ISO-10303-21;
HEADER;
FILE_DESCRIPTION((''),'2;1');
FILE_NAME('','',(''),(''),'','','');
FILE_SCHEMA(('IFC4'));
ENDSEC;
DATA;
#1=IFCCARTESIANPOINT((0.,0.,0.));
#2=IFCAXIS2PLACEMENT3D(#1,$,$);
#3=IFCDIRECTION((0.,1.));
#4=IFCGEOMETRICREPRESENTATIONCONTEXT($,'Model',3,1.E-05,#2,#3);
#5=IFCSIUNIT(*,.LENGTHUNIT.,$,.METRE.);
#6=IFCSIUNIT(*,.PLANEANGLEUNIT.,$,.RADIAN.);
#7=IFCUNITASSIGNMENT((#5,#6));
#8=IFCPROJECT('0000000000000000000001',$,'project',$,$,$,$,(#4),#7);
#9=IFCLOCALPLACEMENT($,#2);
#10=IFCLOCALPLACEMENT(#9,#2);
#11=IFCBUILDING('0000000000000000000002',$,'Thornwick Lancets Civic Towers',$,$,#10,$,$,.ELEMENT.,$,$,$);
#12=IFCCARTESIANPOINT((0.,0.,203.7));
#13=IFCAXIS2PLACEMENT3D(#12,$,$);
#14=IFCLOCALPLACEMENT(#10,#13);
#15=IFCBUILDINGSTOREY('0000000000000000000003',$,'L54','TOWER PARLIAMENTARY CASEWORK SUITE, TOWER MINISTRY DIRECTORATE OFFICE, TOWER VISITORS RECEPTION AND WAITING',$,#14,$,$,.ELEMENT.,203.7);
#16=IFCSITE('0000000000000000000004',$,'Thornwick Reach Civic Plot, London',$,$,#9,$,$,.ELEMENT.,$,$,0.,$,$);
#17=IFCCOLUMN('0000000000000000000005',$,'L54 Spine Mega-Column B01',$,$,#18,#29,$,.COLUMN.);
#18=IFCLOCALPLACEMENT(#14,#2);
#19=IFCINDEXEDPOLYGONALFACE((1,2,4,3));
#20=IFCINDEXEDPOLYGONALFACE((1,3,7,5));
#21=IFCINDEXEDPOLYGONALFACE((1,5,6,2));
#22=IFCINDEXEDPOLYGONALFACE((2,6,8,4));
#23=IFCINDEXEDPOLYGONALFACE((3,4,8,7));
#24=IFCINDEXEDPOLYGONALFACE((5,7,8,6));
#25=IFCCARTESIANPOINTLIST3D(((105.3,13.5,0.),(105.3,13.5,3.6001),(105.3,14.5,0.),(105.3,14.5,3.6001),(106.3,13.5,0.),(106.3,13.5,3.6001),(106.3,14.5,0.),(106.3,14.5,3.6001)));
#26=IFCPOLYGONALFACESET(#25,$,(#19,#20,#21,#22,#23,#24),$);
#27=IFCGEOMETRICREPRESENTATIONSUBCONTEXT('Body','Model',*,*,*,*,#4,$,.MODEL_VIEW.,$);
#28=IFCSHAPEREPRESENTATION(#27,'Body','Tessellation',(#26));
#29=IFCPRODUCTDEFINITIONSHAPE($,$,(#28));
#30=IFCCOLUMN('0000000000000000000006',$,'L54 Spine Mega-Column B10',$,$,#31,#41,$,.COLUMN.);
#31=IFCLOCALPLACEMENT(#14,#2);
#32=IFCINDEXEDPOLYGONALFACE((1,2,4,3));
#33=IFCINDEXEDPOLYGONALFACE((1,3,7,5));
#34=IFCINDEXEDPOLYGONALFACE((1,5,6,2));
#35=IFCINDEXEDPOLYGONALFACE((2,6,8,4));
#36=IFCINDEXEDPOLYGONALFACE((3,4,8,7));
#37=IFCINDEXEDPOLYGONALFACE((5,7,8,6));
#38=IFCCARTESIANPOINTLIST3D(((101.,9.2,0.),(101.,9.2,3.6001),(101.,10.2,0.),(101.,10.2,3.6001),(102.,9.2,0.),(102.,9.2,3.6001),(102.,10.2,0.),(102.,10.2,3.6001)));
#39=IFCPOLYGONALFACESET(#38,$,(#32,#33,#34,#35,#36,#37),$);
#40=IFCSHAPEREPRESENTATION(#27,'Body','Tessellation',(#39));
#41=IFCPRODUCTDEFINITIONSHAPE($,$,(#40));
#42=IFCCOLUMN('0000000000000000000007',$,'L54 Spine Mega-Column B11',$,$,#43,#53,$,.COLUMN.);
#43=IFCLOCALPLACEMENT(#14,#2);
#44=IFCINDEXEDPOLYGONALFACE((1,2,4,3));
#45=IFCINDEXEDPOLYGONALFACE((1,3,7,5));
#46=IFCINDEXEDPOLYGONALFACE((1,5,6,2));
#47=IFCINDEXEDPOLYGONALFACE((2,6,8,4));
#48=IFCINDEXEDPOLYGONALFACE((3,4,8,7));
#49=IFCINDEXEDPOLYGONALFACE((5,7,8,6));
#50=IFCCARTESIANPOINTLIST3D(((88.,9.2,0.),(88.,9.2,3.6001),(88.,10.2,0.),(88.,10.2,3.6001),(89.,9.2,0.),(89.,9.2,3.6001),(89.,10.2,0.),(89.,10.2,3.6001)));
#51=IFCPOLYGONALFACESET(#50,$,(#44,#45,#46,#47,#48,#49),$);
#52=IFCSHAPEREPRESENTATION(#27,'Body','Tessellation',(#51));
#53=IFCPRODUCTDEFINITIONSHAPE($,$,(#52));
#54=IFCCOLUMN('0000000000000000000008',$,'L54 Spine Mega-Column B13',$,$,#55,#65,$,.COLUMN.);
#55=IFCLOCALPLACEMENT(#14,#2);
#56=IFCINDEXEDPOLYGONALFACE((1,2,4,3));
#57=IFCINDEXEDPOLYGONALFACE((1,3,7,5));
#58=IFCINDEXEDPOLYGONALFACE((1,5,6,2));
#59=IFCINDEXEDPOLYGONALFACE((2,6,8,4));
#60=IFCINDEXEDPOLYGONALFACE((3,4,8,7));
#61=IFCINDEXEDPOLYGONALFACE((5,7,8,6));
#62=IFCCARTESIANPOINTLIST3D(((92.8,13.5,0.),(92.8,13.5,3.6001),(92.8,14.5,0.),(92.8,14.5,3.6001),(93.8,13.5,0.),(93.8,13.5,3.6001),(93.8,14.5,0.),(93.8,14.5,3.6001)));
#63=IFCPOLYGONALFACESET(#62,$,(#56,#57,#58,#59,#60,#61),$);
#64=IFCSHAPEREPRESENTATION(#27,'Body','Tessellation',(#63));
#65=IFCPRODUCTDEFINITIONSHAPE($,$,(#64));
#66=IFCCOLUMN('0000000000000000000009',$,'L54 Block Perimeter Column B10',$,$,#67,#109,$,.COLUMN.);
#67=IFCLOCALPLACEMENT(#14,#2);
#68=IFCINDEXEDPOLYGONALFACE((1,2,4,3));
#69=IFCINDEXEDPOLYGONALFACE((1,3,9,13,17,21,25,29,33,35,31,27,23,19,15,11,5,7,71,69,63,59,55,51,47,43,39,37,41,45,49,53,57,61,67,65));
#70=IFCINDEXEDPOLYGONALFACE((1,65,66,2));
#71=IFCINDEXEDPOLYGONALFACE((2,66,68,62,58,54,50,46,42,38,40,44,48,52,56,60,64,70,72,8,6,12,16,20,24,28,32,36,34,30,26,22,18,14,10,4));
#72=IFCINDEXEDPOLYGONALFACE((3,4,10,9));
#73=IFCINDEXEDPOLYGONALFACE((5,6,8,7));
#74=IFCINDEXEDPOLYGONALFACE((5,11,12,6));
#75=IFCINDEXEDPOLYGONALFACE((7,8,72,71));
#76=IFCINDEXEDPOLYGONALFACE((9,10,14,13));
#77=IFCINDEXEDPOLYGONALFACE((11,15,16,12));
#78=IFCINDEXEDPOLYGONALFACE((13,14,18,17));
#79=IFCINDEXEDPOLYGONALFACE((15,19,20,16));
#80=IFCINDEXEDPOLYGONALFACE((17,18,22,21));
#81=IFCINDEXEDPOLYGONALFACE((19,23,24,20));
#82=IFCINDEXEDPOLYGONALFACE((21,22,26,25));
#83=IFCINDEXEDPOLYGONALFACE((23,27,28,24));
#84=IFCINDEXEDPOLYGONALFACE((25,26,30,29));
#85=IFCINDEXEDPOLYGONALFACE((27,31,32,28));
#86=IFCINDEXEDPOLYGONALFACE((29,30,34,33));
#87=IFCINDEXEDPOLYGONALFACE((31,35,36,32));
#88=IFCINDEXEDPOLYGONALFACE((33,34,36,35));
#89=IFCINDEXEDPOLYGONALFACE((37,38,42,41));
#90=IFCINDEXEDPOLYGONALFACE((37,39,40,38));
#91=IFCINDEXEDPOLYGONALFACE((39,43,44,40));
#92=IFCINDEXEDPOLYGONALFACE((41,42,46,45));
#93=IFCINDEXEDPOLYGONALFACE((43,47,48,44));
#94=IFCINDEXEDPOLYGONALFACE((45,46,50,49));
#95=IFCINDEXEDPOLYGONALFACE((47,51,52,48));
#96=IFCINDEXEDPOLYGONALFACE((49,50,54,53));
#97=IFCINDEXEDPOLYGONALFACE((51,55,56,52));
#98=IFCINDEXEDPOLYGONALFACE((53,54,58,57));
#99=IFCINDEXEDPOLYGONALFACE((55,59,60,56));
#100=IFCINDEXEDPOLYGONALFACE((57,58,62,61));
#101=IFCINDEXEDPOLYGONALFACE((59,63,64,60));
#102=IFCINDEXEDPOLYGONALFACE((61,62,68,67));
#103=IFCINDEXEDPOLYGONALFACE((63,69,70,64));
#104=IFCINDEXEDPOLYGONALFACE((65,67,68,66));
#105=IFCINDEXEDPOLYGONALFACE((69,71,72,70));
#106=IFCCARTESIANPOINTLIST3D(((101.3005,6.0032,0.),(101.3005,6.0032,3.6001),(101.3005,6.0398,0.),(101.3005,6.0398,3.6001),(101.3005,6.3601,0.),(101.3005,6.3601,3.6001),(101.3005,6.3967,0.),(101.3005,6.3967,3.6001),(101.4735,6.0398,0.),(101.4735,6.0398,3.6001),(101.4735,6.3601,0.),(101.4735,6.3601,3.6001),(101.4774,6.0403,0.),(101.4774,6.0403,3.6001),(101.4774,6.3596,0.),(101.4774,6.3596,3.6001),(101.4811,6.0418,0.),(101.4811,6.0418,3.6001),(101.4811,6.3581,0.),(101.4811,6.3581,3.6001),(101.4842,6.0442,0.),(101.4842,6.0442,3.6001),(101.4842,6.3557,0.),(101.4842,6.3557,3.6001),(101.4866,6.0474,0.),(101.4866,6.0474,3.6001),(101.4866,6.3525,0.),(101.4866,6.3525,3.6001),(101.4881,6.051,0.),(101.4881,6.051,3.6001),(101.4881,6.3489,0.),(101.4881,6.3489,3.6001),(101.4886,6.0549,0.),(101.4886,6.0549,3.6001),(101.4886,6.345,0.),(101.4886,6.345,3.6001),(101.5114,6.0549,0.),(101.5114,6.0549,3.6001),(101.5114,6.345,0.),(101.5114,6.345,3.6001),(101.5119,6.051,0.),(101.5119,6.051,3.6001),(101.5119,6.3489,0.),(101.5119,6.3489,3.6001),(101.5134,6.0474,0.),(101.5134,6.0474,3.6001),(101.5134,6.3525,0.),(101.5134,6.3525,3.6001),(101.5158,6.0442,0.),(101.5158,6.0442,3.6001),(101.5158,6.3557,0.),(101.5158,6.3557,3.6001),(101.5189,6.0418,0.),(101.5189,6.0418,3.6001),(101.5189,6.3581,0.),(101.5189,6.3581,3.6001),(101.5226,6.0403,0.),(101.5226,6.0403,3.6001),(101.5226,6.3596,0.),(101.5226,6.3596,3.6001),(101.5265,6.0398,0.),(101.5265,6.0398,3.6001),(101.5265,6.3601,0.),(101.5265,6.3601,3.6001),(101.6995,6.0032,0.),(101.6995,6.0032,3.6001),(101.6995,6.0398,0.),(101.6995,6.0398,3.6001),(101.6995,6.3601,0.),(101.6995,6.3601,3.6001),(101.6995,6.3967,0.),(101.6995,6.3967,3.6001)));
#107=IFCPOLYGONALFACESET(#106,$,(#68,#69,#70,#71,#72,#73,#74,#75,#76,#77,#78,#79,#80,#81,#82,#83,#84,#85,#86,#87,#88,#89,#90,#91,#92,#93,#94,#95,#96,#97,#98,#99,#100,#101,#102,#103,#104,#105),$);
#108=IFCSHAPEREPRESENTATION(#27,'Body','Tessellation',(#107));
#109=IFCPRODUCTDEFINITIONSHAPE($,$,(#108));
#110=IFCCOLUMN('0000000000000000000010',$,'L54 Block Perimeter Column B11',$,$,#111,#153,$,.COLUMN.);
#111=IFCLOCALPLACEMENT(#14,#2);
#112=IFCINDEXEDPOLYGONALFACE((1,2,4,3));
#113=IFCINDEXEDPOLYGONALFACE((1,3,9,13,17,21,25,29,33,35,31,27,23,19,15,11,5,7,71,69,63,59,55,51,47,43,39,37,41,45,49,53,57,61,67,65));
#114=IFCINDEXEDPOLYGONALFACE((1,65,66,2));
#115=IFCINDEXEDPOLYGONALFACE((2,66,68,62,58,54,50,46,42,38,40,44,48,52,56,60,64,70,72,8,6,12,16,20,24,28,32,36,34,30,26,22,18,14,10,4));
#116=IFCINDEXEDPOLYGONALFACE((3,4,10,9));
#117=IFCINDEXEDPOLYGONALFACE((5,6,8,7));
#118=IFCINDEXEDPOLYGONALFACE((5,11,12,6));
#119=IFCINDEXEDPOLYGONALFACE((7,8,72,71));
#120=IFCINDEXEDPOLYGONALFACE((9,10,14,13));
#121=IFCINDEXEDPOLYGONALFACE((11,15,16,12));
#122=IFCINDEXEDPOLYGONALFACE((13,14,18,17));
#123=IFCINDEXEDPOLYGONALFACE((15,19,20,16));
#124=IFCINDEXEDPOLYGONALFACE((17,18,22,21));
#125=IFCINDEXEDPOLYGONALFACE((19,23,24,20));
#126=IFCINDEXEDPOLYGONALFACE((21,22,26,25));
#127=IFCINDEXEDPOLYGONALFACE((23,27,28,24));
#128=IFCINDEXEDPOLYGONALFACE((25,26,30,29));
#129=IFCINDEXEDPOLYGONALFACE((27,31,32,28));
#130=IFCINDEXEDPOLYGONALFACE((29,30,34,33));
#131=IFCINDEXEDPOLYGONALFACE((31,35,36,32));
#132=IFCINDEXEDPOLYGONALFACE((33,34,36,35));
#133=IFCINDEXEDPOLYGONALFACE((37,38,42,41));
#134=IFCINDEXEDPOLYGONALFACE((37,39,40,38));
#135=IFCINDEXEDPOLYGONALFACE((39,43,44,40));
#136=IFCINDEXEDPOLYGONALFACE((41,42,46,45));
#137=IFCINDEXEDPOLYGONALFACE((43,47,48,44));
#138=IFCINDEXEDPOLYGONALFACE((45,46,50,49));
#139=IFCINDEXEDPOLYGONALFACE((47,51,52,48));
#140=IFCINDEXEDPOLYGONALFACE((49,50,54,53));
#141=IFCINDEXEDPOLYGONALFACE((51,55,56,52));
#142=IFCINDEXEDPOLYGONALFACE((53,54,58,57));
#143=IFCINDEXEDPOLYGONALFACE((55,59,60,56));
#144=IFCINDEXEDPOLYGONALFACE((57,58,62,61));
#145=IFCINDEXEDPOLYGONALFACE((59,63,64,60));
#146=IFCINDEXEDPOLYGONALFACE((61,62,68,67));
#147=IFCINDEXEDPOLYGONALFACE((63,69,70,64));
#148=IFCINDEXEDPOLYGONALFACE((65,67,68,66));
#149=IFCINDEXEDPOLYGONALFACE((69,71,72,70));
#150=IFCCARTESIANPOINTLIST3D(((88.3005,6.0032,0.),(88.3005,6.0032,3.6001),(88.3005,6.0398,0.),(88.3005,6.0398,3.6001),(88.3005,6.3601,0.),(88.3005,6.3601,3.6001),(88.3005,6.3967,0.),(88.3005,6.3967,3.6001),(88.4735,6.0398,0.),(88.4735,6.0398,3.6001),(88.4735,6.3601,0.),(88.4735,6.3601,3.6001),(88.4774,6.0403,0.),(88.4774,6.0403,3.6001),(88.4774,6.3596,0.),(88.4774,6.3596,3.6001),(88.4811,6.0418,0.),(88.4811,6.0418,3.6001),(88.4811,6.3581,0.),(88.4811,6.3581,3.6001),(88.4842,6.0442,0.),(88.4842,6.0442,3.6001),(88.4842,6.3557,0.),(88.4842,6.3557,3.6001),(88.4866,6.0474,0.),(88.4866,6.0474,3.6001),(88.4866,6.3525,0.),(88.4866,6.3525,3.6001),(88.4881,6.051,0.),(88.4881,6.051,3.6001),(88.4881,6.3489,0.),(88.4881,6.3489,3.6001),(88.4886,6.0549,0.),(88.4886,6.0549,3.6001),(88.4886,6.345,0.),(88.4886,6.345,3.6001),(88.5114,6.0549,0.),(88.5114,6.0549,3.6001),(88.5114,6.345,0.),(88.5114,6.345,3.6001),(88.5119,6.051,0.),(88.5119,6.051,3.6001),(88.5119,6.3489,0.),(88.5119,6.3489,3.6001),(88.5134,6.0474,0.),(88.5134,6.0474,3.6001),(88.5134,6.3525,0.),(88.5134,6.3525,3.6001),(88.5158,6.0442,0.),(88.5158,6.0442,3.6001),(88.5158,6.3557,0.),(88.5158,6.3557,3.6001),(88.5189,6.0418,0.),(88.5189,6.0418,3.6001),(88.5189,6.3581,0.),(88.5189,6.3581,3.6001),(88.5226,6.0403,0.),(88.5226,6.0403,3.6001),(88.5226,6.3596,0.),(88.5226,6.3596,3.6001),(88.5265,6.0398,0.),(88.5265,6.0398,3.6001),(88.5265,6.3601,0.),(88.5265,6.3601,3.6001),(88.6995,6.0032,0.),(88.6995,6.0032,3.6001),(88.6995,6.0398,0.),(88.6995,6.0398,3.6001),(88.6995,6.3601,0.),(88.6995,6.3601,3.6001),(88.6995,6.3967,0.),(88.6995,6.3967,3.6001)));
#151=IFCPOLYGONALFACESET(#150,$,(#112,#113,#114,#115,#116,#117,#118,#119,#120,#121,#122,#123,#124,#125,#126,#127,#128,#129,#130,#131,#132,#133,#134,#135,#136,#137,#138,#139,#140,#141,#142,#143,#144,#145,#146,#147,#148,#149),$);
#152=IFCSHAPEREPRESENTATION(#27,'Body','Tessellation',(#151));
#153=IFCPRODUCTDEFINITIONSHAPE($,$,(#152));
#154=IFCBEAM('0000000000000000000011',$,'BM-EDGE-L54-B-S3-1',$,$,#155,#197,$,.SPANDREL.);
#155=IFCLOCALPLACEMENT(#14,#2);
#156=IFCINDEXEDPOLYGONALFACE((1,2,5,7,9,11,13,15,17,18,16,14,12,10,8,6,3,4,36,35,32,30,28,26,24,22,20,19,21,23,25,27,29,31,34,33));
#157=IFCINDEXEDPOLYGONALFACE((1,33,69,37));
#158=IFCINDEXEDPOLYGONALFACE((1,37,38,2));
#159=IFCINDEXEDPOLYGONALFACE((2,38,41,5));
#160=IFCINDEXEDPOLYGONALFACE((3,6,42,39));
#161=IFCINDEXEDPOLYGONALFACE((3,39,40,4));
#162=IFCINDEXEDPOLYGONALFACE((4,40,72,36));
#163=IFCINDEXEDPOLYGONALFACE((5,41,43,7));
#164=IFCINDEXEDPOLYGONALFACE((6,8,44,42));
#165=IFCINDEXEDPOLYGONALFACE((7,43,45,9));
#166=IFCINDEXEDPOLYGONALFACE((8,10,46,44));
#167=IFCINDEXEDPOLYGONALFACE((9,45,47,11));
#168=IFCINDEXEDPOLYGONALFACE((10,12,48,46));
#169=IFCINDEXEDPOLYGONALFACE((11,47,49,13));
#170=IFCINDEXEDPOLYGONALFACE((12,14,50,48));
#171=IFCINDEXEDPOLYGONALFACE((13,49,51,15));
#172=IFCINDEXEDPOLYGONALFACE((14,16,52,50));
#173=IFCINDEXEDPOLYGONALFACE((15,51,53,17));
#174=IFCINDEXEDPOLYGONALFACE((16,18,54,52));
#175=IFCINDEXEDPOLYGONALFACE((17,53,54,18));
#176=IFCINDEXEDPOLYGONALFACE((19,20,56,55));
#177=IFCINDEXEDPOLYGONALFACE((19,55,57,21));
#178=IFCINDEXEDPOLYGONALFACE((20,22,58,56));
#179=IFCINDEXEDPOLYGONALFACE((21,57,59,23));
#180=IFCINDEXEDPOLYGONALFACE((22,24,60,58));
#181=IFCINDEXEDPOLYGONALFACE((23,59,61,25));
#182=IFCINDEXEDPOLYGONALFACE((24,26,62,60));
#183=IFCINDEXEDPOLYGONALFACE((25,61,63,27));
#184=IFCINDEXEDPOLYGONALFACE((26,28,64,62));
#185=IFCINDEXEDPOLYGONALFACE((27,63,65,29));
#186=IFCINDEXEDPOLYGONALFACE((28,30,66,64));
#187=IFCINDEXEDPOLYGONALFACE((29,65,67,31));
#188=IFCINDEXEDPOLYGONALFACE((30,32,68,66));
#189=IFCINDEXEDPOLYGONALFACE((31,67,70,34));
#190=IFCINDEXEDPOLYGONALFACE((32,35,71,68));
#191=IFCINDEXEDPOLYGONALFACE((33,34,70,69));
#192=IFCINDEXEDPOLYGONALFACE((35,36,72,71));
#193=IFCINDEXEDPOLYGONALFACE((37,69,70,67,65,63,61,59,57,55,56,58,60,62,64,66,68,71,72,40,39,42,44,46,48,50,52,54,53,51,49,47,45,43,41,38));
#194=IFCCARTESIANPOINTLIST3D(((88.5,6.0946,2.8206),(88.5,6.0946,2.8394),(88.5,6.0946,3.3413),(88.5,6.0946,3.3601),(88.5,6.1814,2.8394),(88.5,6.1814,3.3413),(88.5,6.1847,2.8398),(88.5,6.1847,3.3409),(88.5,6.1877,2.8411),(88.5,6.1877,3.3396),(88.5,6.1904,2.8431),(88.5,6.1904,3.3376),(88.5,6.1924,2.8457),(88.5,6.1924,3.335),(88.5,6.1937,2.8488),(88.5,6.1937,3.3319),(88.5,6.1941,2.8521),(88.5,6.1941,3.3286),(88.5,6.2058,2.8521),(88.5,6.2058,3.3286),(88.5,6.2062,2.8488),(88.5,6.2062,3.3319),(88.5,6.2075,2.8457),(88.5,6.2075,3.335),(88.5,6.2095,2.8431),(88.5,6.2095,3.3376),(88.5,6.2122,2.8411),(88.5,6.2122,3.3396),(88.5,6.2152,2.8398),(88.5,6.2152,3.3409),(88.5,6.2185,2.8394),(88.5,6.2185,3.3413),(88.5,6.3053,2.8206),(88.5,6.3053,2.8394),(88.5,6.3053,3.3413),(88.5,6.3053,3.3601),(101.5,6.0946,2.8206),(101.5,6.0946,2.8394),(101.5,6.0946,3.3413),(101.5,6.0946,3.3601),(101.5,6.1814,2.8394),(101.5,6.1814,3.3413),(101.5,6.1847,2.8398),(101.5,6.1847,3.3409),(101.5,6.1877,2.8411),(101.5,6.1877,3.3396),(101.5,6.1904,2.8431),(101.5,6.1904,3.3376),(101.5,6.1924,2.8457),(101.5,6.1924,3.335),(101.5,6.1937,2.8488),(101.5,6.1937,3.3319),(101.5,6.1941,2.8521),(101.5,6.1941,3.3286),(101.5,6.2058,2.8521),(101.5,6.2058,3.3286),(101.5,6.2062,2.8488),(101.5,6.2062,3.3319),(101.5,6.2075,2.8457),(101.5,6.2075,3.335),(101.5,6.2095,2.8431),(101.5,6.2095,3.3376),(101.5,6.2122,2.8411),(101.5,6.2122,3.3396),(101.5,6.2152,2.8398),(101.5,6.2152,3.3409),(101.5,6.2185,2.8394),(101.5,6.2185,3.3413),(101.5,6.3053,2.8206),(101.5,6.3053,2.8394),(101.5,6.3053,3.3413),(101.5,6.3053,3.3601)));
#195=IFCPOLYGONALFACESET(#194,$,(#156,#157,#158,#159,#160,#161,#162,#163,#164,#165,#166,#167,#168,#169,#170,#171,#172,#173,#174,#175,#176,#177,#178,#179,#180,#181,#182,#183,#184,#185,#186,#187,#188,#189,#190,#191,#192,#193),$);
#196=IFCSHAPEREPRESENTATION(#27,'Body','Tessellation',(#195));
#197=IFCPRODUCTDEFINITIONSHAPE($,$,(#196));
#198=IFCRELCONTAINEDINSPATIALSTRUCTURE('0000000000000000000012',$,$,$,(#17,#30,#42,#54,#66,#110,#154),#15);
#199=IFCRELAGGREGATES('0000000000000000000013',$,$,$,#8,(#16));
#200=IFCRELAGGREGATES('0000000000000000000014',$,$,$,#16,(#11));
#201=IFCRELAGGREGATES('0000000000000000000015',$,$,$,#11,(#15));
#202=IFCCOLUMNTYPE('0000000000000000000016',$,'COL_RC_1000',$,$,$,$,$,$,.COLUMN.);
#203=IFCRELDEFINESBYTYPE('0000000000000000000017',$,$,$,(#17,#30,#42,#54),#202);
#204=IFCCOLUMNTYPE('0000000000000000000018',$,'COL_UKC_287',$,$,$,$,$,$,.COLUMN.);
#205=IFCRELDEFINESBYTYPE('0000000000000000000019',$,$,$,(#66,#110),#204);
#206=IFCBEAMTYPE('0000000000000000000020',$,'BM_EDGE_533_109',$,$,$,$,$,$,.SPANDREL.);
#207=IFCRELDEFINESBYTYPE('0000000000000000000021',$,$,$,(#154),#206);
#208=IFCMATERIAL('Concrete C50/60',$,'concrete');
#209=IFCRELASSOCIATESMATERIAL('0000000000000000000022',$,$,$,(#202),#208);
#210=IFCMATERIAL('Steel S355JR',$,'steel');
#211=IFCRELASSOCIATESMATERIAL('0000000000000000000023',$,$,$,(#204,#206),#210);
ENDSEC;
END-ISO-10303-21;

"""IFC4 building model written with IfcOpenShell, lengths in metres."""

from ifc_helpers import new_model, si_unit, direction, frame, origin, origin_2d, place, context, subcontext, project, spatial, rectangle, i_section, extrude, material, material_profile, profile_set, type_object, element, save


model = new_model("IFC4")

# Units and contexts
model_context = context("Model", 3, precision=1e-05, world=origin(), true_north=direction((0.0, 1.0)))
body_context = subcontext(model_context, "Body", "Model", "MODEL_VIEW")
ifc_project = project(units=[si_unit("LENGTHUNIT", "METRE"), si_unit("PLANEANGLEUNIT", "RADIAN")], contexts=[model_context])

# Site, building, storey
site_placement = place(None, origin())
site = spatial("IfcSite", under=ifc_project, at=site_placement, Name="Thornwick Reach Civic Plot, London", CompositionType="ELEMENT", RefElevation=0.0)
building_placement = place(site_placement, origin())
building = spatial("IfcBuilding", under=site, at=building_placement, Name="Thornwick Lancets Civic Towers", CompositionType="ELEMENT")
storey_placement = place(building_placement, frame((0.0, 0.0, 203.7)))
storey = spatial("IfcBuildingStorey", under=building, at=storey_placement, Name="L54", Description="TOWER PARLIAMENTARY CASEWORK SUITE, TOWER MINISTRY DIRECTORATE OFFICE, TOWER VISITORS RECEPTION AND WAITING", CompositionType="ELEMENT", Elevation=203.7)

# Columns
ifc_material_1 = material(Name="Concrete C50/60", Category="concrete")
ifc_material_profile_1 = material_profile(ifc_material_1, rectangle(XDim=1.0, YDim=1.0, at=origin_2d()), Name="RC 1000x1000")
ifc_profile_set_1 = profile_set([ifc_material_profile_1], Name="Concrete C50/60")
column_type_1 = type_object("IfcColumnType", Name="COL_RC_1000", PredefinedType="COLUMN", material=ifc_profile_set_1)
for number, where, z_axis, x_axis, name in (
    (1, (105.8, 14.0, 0.0), (0.0, 0.0, 1.0), (1.0, 0.0, 0.0), "L54 Spine Mega-Column B01"),
    (2, (101.5, 9.7, 0.0), (0.0, 0.0, 1.0), (1.0, 0.0, 0.0), "L54 Spine Mega-Column B10"),
    (3, (88.5, 9.7, 0.0), (0.0, 0.0, 1.0), (1.0, 0.0, 0.0), "L54 Spine Mega-Column B11"),
    (4, (93.3, 14.0, 0.0), (0.0, 0.0, 1.0), (1.0, 0.0, 0.0), "L54 Spine Mega-Column B13"),
):
    element("IfcColumn", number, at=place(storey_placement, frame(where, z_axis=z_axis, x_axis=x_axis)), inside=storey, type_object=column_type_1, Name=name, PredefinedType="COLUMN", context=body_context, shape_type="SweptSolid", body=[
        extrude(rectangle(XDim=1.0, YDim=1.0, at=origin_2d()), origin(), (0.0, 0.0, 1.0), 3.6001),
    ])
ifc_material_2 = material(Name="Steel S355JR", Category="steel")
ifc_material_profile_2 = material_profile(ifc_material_2, i_section(OverallWidth=0.3989, OverallDepth=0.3936, WebThickness=0.0227, FlangeThickness=0.0366, FilletRadius=0.0151, at=origin_2d()), Name="UKC 356x406x287")
ifc_profile_set_2 = profile_set([ifc_material_profile_2], Name="Steel S355JR")
column_type_2 = type_object("IfcColumnType", Name="COL_UKC_287", PredefinedType="COLUMN", material=ifc_profile_set_2)
for number, where, z_axis, x_axis, name in (
    (5, (101.5, 6.2, 0.0), (0.0, 0.0, 1.0), (1.0, 0.0, 0.0), "L54 Block Perimeter Column B10"),
    (6, (88.5, 6.2, 0.0), (0.0, 0.0, 1.0), (1.0, 0.0, 0.0), "L54 Block Perimeter Column B11"),
):
    element("IfcColumn", number, at=place(storey_placement, frame(where, z_axis=z_axis, x_axis=x_axis)), inside=storey, type_object=column_type_2, Name=name, PredefinedType="COLUMN", context=body_context, shape_type="SweptSolid", body=[
        extrude(i_section(OverallWidth=0.3989, OverallDepth=0.3936, WebThickness=0.0227, FlangeThickness=0.0366, FilletRadius=0.0151, at=origin_2d()), origin(), (0.0, 0.0, 1.0), 3.6001),
    ])

# Beam
ifc_material_profile_3 = material_profile(ifc_material_2, i_section(OverallWidth=0.2107, OverallDepth=0.5396, WebThickness=0.0117, FlangeThickness=0.0188, FilletRadius=0.0127, at=origin_2d()), Name="UKB 533x210x109")
ifc_profile_set_3 = profile_set([ifc_material_profile_3], Name="Steel S355JR")
beam_type_1 = type_object("IfcBeamType", Name="BM_EDGE_533_109", PredefinedType="SPANDREL", material=ifc_profile_set_3)
beam_1_placement = place(storey_placement, frame((101.5, 6.2, 3.0903), z_axis=(-1.0, 0.0, 0.0), x_axis=(0.0, -1.0, 0.0)))
element("IfcBeam", 7, at=beam_1_placement, inside=storey, type_object=beam_type_1, Name="BM-EDGE-L54-B-S3-1", PredefinedType="SPANDREL", context=body_context, shape_type="SweptSolid", body=[
    extrude(i_section(OverallWidth=0.2107, OverallDepth=0.5396, WebThickness=0.0117, FlangeThickness=0.0188, FilletRadius=0.0127, at=origin_2d()), origin(), (0.0, 0.0, 1.0), 13.0),
])

save(model, "model.ifc")
